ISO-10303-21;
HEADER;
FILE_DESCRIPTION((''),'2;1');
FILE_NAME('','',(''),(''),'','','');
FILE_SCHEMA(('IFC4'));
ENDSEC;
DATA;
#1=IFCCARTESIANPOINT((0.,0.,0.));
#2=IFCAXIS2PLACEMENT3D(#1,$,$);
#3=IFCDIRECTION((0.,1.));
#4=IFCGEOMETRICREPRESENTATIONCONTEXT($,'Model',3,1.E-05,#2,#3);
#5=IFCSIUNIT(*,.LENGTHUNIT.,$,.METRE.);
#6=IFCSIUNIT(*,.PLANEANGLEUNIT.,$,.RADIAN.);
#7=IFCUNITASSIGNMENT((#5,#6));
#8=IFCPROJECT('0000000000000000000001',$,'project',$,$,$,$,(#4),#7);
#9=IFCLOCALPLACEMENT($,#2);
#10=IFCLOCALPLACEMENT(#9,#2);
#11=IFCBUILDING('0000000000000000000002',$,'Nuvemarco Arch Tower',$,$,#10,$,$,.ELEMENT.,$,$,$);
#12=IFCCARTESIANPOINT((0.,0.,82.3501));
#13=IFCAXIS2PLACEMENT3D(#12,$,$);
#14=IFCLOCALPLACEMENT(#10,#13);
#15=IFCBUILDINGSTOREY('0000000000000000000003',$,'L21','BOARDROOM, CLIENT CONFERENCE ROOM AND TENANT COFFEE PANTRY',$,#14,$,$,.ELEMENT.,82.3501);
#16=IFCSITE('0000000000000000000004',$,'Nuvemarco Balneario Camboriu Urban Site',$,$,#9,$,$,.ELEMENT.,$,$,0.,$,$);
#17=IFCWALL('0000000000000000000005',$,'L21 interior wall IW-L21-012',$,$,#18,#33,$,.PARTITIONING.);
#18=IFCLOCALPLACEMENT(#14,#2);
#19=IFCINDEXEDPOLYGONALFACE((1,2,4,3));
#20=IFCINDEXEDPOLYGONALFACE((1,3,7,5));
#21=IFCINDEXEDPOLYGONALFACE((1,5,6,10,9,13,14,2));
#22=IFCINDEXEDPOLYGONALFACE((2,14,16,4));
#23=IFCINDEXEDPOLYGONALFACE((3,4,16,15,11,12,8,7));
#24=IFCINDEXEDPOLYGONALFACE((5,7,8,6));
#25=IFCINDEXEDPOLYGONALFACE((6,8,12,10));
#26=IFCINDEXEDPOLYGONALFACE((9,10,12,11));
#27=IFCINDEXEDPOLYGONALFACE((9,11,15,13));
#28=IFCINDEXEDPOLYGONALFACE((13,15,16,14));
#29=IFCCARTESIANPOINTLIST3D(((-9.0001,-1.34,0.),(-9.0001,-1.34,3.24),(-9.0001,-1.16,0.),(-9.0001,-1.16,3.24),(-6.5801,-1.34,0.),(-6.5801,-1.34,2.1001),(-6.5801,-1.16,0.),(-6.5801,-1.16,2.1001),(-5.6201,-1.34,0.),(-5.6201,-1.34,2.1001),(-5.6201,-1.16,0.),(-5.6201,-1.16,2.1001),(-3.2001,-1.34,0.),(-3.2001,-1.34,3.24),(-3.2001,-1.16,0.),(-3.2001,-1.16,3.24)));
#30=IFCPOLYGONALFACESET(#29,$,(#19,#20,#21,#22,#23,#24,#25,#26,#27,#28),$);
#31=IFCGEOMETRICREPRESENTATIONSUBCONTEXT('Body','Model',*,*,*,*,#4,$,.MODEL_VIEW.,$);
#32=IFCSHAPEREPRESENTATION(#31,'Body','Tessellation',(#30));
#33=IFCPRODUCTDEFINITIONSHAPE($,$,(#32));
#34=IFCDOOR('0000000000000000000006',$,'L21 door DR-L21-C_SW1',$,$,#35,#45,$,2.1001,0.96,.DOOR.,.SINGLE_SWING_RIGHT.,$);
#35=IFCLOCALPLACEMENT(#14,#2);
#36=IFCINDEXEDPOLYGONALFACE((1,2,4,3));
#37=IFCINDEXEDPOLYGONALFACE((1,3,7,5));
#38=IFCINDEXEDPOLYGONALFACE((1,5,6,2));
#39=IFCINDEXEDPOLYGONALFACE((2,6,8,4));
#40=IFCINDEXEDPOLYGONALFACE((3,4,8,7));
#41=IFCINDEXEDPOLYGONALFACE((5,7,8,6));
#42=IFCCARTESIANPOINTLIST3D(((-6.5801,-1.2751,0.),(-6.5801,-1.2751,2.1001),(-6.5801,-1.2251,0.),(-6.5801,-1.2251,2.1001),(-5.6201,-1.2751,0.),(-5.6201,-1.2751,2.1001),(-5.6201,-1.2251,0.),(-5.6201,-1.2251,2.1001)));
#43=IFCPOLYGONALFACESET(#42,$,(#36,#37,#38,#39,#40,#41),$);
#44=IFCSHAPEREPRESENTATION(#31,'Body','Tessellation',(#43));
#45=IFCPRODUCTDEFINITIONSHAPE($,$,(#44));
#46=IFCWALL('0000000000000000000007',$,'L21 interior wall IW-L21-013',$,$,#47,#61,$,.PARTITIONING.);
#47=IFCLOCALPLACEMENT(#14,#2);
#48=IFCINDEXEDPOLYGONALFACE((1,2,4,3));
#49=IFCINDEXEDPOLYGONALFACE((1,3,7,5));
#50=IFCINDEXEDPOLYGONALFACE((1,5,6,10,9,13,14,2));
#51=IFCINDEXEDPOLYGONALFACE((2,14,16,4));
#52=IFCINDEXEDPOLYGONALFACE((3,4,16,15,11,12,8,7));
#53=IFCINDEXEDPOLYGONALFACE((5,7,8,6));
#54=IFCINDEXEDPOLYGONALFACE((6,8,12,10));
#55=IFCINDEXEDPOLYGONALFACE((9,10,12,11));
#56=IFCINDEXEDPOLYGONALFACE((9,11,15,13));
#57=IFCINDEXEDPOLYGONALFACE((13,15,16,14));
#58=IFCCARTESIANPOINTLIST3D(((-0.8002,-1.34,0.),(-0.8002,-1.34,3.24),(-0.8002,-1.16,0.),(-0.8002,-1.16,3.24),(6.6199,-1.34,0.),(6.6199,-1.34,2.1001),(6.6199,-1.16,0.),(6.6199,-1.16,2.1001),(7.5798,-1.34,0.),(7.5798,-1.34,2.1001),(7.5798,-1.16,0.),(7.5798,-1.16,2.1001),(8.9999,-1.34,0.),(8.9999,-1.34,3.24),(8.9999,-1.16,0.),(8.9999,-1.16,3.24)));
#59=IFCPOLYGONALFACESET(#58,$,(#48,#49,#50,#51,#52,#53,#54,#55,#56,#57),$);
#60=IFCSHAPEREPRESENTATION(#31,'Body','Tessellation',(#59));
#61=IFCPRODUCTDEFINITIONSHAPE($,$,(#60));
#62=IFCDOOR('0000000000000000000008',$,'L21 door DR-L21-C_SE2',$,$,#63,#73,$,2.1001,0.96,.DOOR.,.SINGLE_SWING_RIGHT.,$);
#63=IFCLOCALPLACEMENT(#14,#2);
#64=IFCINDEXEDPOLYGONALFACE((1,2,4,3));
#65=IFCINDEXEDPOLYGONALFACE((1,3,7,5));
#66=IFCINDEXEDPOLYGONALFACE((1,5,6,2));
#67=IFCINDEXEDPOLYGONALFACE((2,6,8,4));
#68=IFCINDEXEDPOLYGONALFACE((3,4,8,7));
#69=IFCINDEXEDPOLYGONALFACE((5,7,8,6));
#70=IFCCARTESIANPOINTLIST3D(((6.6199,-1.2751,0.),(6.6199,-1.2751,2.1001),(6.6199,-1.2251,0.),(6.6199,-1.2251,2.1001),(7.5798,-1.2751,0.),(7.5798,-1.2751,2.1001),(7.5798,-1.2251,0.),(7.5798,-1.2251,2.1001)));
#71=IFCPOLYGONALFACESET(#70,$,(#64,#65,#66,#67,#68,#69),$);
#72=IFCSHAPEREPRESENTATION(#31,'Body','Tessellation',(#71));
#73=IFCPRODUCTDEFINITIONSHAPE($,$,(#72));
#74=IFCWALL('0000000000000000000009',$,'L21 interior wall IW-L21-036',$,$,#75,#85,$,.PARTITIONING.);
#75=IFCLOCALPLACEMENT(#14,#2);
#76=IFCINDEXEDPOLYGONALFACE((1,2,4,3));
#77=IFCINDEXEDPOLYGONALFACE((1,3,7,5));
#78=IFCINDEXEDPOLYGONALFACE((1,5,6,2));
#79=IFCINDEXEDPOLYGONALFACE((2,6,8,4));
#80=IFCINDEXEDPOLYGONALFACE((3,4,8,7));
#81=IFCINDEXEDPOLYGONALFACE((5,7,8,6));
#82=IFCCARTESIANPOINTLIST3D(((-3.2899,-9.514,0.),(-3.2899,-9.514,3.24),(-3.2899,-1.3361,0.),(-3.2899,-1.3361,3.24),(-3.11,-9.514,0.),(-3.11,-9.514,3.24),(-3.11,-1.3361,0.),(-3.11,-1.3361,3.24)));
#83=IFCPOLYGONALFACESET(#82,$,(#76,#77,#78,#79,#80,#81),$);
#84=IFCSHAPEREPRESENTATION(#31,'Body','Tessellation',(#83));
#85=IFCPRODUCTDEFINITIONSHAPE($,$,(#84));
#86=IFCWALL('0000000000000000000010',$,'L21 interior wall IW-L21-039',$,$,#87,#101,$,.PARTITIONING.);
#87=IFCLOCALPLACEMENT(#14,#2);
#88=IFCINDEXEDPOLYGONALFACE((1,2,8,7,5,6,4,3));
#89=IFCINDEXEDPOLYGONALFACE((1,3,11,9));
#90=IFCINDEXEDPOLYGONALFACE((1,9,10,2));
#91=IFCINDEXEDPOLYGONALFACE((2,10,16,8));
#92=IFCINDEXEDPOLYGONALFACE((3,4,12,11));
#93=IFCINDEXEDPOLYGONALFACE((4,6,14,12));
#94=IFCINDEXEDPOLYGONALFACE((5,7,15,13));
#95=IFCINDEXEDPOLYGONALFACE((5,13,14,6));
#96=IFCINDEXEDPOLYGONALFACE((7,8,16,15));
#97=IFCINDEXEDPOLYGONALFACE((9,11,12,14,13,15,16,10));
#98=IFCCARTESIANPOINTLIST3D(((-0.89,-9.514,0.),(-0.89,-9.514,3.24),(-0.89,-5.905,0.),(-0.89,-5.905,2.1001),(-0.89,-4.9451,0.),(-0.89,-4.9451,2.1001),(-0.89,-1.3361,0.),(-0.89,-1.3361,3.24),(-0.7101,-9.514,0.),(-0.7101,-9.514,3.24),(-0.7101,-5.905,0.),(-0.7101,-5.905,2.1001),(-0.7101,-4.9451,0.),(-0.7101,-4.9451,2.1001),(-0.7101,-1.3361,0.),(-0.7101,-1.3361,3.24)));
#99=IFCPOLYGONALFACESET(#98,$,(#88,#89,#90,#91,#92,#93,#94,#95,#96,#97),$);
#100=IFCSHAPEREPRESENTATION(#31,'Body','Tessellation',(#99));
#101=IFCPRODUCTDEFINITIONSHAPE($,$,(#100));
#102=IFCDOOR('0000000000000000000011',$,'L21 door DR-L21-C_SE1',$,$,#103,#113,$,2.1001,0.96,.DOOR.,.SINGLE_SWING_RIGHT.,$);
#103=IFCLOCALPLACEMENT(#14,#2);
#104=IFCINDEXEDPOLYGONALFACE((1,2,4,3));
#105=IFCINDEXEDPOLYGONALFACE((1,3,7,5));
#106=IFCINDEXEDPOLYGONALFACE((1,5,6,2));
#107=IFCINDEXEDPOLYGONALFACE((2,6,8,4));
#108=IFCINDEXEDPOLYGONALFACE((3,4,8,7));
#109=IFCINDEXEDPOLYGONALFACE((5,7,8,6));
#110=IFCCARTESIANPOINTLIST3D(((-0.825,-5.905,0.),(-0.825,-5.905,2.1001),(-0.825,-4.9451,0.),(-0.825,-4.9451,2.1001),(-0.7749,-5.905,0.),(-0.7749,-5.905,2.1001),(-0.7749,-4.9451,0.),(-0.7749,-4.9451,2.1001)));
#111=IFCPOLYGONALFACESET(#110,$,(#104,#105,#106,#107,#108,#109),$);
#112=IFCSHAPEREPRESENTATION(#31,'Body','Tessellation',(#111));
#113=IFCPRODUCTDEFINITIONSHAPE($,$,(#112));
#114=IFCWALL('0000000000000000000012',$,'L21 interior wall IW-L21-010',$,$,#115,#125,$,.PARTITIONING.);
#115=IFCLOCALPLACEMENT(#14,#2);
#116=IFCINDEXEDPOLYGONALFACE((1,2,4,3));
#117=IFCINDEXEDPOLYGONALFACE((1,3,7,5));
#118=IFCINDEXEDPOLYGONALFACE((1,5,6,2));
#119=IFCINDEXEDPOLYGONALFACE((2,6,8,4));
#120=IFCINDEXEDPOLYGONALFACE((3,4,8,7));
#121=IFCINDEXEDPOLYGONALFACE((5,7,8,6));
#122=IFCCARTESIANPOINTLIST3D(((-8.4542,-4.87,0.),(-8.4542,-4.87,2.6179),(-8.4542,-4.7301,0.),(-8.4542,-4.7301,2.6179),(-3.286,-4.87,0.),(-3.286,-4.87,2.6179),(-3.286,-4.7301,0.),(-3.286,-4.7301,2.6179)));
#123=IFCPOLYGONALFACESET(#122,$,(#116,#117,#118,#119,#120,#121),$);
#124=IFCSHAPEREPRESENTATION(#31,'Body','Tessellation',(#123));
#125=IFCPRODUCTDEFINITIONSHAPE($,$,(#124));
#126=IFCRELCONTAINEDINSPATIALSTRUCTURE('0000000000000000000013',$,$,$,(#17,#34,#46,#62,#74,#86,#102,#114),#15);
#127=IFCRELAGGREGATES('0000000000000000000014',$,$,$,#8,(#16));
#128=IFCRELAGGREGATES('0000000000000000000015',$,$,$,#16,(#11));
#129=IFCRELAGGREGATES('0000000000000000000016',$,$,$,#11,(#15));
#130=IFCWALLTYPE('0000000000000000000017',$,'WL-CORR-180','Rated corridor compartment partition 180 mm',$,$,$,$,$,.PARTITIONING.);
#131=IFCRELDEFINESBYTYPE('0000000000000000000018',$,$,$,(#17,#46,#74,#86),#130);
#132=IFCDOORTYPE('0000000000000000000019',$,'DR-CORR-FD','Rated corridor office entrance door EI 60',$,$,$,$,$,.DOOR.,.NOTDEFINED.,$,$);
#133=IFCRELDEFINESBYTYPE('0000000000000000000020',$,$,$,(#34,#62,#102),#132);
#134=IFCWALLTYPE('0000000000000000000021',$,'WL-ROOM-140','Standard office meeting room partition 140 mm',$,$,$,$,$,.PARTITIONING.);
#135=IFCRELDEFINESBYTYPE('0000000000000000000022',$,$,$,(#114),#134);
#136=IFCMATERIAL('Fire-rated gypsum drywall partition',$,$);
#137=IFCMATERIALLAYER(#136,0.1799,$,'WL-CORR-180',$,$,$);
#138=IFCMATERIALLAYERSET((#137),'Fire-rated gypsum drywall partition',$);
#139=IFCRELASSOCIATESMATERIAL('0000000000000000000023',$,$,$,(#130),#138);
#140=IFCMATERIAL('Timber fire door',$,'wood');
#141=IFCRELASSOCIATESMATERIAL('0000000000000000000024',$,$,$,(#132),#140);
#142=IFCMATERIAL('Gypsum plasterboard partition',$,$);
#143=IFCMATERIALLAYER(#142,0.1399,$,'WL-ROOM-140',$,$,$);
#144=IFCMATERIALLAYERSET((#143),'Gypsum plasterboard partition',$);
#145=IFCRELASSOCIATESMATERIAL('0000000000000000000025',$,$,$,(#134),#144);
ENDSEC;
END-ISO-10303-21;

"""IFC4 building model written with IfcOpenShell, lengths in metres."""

from ifc_helpers import new_model, si_unit, direction, frame, frame_2d, origin, place, context, subcontext, project, spatial, rectangle, extrude, source, transform, mapped, material, layer, layer_set, type_object, type_shapes, element, fill, save


model = new_model("IFC4")

# Units and contexts
model_context = context("Model", 3, precision=1e-05, world=origin(), true_north=direction((0.0, 1.0)))
body_context = subcontext(model_context, "Body", "Model", "MODEL_VIEW")
ifc_project = project(units=[si_unit("LENGTHUNIT", "METRE"), si_unit("PLANEANGLEUNIT", "RADIAN")], contexts=[model_context])

# Site, building, storey
site_placement = place(None, origin())
site = spatial("IfcSite", under=ifc_project, at=site_placement, Name="Nuvemarco Balneario Camboriu Urban Site", CompositionType="ELEMENT", RefElevation=0.0)
building_placement = place(site_placement, origin())
building = spatial("IfcBuilding", under=site, at=building_placement, Name="Nuvemarco Arch Tower", CompositionType="ELEMENT")
storey_placement = place(building_placement, frame((0.0, 0.0, 82.3501)))
storey = spatial("IfcBuildingStorey", under=building, at=storey_placement, Name="L21", Description="BOARDROOM, CLIENT CONFERENCE ROOM AND TENANT COFFEE PANTRY", CompositionType="ELEMENT", Elevation=82.3501)

# Shared definitions
ifc_material_1 = material(Name="Fire-rated gypsum drywall partition")
ifc_layer_1 = layer(ifc_material_1, 0.1799, Name="WL-CORR-180")
ifc_layer_set_1 = layer_set([ifc_layer_1], Name="Fire-rated gypsum drywall partition")
wall_type_1 = type_object("IfcWallType", Name="WL-CORR-180", Description="Rated corridor compartment partition 180 mm", PredefinedType="PARTITIONING", material=ifc_layer_set_1)
ifc_material_2 = material(Name="Timber fire door", Category="wood")
door_type = type_object("IfcDoorType", Name="DR-CORR-FD", Description="Rated corridor office entrance door EI 60", OperationType="NOTDEFINED", PredefinedType="DOOR", material=ifc_material_2)
shared_shape = source(origin(), body_context, "Body", "SweptSolid", [
    extrude(rectangle(XDim=0.96, YDim=2.1001, at=frame_2d((0.48, 1.05))), frame((0.0, 0.0249, 0.0), z_axis=(0.0, -1.0, 0.0), x_axis=(1.0, 0.0, 0.0)), (0.0, 0.0, 1.0), 0.05),
])
type_shapes(door_type, [shared_shape])

# Walls, openings, doors
wall_1_placement = place(storey_placement, frame((-9.0, -1.25, 0.0), z_axis=(0.0, 0.0, 1.0), x_axis=(1.0, 0.0, 0.0)))
wall_1 = element("IfcWall", 1, at=wall_1_placement, inside=storey, type_object=wall_type_1, Name="L21 interior wall IW-L21-012", PredefinedType="PARTITIONING", context=body_context, shape_type="SweptSolid", body=[
    extrude(rectangle(XDim=5.8, YDim=0.1799, at=frame_2d((2.8999, 0.0))), origin(), (0.0, 0.0, 1.0), 3.24),
])
opening_1_placement = place(wall_1_placement, frame((2.4199, 0.0, 0.0)))
opening_1 = element("IfcOpeningElement", 2, at=opening_1_placement, cuts=wall_1, PredefinedType="OPENING", context=body_context, shape_type="SweptSolid", body=[
    extrude(rectangle(XDim=0.96, YDim=2.1001, at=frame_2d((0.48, 1.05))), frame((0.0, 0.0999, 0.0), z_axis=(0.0, -1.0, 0.0), x_axis=(1.0, 0.0, 0.0)), (0.0, 0.0, 1.0), 0.2),
])
door_1_placement = place(opening_1_placement, origin())
door_1 = element("IfcDoor", 3, at=door_1_placement, inside=storey, type_object=door_type, Name="L21 door DR-L21-C_SW1", OperationType="SINGLE_SWING_RIGHT", OverallHeight=2.1001, OverallWidth=0.96, PredefinedType="DOOR", context=body_context, shape_type="MappedRepresentation", body=[
    mapped(shared_shape, transform((0.0, 0.0, 0.0), scale=1.0)),
])
fill(opening_1, door_1)
wall_2_placement = place(storey_placement, frame((-0.8, -1.25, 0.0), z_axis=(0.0, 0.0, 1.0), x_axis=(1.0, 0.0, 0.0)))
wall_2 = element("IfcWall", 4, at=wall_2_placement, inside=storey, type_object=wall_type_1, Name="L21 interior wall IW-L21-013", PredefinedType="PARTITIONING", context=body_context, shape_type="SweptSolid", body=[
    extrude(rectangle(XDim=9.8, YDim=0.1799, at=frame_2d((4.8999, 0.0))), origin(), (0.0, 0.0, 1.0), 3.24),
])
opening_2_placement = place(wall_2_placement, frame((7.4199, 0.0, 0.0)))
opening_2 = element("IfcOpeningElement", 5, at=opening_2_placement, cuts=wall_2, PredefinedType="OPENING", context=body_context, shape_type="SweptSolid", body=[
    extrude(rectangle(XDim=0.96, YDim=2.1001, at=frame_2d((0.48, 1.05))), frame((0.0, 0.0999, 0.0), z_axis=(0.0, -1.0, 0.0), x_axis=(1.0, 0.0, 0.0)), (0.0, 0.0, 1.0), 0.2),
])
door_2_placement = place(opening_2_placement, origin())
door_2 = element("IfcDoor", 6, at=door_2_placement, inside=storey, type_object=door_type, Name="L21 door DR-L21-C_SE2", OperationType="SINGLE_SWING_RIGHT", OverallHeight=2.1001, OverallWidth=0.96, PredefinedType="DOOR", context=body_context, shape_type="MappedRepresentation", body=[
    mapped(shared_shape, transform((0.0, 0.0, 0.0), scale=1.0)),
])
fill(opening_2, door_2)

# Wall
wall_3_placement = place(storey_placement, frame((-3.2, -9.5139, 0.0), z_axis=(0.0, 0.0, 1.0), x_axis=(0.0, 1.0, 0.0)))
element("IfcWall", 7, at=wall_3_placement, inside=storey, type_object=wall_type_1, Name="L21 interior wall IW-L21-036", PredefinedType="PARTITIONING", context=body_context, shape_type="SweptSolid", body=[
    extrude(rectangle(XDim=8.178, YDim=0.1799, at=frame_2d((4.0889, 0.0))), origin(), (0.0, 0.0, 1.0), 3.24),
])

# Wall, opening, door
wall_4_placement = place(storey_placement, frame((-0.8, -9.5139, 0.0), z_axis=(0.0, 0.0, 1.0), x_axis=(0.0, 1.0, 0.0)))
wall_4 = element("IfcWall", 8, at=wall_4_placement, inside=storey, type_object=wall_type_1, Name="L21 interior wall IW-L21-039", PredefinedType="PARTITIONING", context=body_context, shape_type="SweptSolid", body=[
    extrude(rectangle(XDim=8.178, YDim=0.1799, at=frame_2d((4.0889, 0.0))), origin(), (0.0, 0.0, 1.0), 3.24),
])
opening_3_placement = place(wall_4_placement, frame((3.6089, 0.0, 0.0)))
opening_3 = element("IfcOpeningElement", 9, at=opening_3_placement, cuts=wall_4, PredefinedType="OPENING", context=body_context, shape_type="SweptSolid", body=[
    extrude(rectangle(XDim=0.96, YDim=2.1001, at=frame_2d((0.48, 1.05))), frame((0.0, 0.0999, 0.0), z_axis=(0.0, -1.0, 0.0), x_axis=(1.0, 0.0, 0.0)), (0.0, 0.0, 1.0), 0.2),
])
door_3_placement = place(opening_3_placement, origin())
door_3 = element("IfcDoor", 10, at=door_3_placement, inside=storey, type_object=door_type, Name="L21 door DR-L21-C_SE1", OperationType="SINGLE_SWING_RIGHT", OverallHeight=2.1001, OverallWidth=0.96, PredefinedType="DOOR", context=body_context, shape_type="MappedRepresentation", body=[
    mapped(shared_shape, transform((0.0, 0.0, 0.0), scale=1.0)),
])
fill(opening_3, door_3)

# Wall
ifc_material_3 = material(Name="Gypsum plasterboard partition")
ifc_layer_2 = layer(ifc_material_3, 0.1399, Name="WL-ROOM-140")
ifc_layer_set_2 = layer_set([ifc_layer_2], Name="Gypsum plasterboard partition")
wall_type_2 = type_object("IfcWallType", Name="WL-ROOM-140", Description="Standard office meeting room partition 140 mm", PredefinedType="PARTITIONING", material=ifc_layer_set_2)
wall_5_placement = place(storey_placement, frame((-8.4541, -4.8, 0.0), z_axis=(0.0, 0.0, 1.0), x_axis=(1.0, 0.0, 0.0)))
element("IfcWall", 11, at=wall_5_placement, inside=storey, type_object=wall_type_2, Name="L21 interior wall IW-L21-010", PredefinedType="PARTITIONING", context=body_context, shape_type="SweptSolid", body=[
    extrude(rectangle(XDim=5.1682, YDim=0.1399, at=frame_2d((2.584, 0.0))), origin(), (0.0, 0.0, 1.0), 2.6179),
])

save(model, "model.ifc")
